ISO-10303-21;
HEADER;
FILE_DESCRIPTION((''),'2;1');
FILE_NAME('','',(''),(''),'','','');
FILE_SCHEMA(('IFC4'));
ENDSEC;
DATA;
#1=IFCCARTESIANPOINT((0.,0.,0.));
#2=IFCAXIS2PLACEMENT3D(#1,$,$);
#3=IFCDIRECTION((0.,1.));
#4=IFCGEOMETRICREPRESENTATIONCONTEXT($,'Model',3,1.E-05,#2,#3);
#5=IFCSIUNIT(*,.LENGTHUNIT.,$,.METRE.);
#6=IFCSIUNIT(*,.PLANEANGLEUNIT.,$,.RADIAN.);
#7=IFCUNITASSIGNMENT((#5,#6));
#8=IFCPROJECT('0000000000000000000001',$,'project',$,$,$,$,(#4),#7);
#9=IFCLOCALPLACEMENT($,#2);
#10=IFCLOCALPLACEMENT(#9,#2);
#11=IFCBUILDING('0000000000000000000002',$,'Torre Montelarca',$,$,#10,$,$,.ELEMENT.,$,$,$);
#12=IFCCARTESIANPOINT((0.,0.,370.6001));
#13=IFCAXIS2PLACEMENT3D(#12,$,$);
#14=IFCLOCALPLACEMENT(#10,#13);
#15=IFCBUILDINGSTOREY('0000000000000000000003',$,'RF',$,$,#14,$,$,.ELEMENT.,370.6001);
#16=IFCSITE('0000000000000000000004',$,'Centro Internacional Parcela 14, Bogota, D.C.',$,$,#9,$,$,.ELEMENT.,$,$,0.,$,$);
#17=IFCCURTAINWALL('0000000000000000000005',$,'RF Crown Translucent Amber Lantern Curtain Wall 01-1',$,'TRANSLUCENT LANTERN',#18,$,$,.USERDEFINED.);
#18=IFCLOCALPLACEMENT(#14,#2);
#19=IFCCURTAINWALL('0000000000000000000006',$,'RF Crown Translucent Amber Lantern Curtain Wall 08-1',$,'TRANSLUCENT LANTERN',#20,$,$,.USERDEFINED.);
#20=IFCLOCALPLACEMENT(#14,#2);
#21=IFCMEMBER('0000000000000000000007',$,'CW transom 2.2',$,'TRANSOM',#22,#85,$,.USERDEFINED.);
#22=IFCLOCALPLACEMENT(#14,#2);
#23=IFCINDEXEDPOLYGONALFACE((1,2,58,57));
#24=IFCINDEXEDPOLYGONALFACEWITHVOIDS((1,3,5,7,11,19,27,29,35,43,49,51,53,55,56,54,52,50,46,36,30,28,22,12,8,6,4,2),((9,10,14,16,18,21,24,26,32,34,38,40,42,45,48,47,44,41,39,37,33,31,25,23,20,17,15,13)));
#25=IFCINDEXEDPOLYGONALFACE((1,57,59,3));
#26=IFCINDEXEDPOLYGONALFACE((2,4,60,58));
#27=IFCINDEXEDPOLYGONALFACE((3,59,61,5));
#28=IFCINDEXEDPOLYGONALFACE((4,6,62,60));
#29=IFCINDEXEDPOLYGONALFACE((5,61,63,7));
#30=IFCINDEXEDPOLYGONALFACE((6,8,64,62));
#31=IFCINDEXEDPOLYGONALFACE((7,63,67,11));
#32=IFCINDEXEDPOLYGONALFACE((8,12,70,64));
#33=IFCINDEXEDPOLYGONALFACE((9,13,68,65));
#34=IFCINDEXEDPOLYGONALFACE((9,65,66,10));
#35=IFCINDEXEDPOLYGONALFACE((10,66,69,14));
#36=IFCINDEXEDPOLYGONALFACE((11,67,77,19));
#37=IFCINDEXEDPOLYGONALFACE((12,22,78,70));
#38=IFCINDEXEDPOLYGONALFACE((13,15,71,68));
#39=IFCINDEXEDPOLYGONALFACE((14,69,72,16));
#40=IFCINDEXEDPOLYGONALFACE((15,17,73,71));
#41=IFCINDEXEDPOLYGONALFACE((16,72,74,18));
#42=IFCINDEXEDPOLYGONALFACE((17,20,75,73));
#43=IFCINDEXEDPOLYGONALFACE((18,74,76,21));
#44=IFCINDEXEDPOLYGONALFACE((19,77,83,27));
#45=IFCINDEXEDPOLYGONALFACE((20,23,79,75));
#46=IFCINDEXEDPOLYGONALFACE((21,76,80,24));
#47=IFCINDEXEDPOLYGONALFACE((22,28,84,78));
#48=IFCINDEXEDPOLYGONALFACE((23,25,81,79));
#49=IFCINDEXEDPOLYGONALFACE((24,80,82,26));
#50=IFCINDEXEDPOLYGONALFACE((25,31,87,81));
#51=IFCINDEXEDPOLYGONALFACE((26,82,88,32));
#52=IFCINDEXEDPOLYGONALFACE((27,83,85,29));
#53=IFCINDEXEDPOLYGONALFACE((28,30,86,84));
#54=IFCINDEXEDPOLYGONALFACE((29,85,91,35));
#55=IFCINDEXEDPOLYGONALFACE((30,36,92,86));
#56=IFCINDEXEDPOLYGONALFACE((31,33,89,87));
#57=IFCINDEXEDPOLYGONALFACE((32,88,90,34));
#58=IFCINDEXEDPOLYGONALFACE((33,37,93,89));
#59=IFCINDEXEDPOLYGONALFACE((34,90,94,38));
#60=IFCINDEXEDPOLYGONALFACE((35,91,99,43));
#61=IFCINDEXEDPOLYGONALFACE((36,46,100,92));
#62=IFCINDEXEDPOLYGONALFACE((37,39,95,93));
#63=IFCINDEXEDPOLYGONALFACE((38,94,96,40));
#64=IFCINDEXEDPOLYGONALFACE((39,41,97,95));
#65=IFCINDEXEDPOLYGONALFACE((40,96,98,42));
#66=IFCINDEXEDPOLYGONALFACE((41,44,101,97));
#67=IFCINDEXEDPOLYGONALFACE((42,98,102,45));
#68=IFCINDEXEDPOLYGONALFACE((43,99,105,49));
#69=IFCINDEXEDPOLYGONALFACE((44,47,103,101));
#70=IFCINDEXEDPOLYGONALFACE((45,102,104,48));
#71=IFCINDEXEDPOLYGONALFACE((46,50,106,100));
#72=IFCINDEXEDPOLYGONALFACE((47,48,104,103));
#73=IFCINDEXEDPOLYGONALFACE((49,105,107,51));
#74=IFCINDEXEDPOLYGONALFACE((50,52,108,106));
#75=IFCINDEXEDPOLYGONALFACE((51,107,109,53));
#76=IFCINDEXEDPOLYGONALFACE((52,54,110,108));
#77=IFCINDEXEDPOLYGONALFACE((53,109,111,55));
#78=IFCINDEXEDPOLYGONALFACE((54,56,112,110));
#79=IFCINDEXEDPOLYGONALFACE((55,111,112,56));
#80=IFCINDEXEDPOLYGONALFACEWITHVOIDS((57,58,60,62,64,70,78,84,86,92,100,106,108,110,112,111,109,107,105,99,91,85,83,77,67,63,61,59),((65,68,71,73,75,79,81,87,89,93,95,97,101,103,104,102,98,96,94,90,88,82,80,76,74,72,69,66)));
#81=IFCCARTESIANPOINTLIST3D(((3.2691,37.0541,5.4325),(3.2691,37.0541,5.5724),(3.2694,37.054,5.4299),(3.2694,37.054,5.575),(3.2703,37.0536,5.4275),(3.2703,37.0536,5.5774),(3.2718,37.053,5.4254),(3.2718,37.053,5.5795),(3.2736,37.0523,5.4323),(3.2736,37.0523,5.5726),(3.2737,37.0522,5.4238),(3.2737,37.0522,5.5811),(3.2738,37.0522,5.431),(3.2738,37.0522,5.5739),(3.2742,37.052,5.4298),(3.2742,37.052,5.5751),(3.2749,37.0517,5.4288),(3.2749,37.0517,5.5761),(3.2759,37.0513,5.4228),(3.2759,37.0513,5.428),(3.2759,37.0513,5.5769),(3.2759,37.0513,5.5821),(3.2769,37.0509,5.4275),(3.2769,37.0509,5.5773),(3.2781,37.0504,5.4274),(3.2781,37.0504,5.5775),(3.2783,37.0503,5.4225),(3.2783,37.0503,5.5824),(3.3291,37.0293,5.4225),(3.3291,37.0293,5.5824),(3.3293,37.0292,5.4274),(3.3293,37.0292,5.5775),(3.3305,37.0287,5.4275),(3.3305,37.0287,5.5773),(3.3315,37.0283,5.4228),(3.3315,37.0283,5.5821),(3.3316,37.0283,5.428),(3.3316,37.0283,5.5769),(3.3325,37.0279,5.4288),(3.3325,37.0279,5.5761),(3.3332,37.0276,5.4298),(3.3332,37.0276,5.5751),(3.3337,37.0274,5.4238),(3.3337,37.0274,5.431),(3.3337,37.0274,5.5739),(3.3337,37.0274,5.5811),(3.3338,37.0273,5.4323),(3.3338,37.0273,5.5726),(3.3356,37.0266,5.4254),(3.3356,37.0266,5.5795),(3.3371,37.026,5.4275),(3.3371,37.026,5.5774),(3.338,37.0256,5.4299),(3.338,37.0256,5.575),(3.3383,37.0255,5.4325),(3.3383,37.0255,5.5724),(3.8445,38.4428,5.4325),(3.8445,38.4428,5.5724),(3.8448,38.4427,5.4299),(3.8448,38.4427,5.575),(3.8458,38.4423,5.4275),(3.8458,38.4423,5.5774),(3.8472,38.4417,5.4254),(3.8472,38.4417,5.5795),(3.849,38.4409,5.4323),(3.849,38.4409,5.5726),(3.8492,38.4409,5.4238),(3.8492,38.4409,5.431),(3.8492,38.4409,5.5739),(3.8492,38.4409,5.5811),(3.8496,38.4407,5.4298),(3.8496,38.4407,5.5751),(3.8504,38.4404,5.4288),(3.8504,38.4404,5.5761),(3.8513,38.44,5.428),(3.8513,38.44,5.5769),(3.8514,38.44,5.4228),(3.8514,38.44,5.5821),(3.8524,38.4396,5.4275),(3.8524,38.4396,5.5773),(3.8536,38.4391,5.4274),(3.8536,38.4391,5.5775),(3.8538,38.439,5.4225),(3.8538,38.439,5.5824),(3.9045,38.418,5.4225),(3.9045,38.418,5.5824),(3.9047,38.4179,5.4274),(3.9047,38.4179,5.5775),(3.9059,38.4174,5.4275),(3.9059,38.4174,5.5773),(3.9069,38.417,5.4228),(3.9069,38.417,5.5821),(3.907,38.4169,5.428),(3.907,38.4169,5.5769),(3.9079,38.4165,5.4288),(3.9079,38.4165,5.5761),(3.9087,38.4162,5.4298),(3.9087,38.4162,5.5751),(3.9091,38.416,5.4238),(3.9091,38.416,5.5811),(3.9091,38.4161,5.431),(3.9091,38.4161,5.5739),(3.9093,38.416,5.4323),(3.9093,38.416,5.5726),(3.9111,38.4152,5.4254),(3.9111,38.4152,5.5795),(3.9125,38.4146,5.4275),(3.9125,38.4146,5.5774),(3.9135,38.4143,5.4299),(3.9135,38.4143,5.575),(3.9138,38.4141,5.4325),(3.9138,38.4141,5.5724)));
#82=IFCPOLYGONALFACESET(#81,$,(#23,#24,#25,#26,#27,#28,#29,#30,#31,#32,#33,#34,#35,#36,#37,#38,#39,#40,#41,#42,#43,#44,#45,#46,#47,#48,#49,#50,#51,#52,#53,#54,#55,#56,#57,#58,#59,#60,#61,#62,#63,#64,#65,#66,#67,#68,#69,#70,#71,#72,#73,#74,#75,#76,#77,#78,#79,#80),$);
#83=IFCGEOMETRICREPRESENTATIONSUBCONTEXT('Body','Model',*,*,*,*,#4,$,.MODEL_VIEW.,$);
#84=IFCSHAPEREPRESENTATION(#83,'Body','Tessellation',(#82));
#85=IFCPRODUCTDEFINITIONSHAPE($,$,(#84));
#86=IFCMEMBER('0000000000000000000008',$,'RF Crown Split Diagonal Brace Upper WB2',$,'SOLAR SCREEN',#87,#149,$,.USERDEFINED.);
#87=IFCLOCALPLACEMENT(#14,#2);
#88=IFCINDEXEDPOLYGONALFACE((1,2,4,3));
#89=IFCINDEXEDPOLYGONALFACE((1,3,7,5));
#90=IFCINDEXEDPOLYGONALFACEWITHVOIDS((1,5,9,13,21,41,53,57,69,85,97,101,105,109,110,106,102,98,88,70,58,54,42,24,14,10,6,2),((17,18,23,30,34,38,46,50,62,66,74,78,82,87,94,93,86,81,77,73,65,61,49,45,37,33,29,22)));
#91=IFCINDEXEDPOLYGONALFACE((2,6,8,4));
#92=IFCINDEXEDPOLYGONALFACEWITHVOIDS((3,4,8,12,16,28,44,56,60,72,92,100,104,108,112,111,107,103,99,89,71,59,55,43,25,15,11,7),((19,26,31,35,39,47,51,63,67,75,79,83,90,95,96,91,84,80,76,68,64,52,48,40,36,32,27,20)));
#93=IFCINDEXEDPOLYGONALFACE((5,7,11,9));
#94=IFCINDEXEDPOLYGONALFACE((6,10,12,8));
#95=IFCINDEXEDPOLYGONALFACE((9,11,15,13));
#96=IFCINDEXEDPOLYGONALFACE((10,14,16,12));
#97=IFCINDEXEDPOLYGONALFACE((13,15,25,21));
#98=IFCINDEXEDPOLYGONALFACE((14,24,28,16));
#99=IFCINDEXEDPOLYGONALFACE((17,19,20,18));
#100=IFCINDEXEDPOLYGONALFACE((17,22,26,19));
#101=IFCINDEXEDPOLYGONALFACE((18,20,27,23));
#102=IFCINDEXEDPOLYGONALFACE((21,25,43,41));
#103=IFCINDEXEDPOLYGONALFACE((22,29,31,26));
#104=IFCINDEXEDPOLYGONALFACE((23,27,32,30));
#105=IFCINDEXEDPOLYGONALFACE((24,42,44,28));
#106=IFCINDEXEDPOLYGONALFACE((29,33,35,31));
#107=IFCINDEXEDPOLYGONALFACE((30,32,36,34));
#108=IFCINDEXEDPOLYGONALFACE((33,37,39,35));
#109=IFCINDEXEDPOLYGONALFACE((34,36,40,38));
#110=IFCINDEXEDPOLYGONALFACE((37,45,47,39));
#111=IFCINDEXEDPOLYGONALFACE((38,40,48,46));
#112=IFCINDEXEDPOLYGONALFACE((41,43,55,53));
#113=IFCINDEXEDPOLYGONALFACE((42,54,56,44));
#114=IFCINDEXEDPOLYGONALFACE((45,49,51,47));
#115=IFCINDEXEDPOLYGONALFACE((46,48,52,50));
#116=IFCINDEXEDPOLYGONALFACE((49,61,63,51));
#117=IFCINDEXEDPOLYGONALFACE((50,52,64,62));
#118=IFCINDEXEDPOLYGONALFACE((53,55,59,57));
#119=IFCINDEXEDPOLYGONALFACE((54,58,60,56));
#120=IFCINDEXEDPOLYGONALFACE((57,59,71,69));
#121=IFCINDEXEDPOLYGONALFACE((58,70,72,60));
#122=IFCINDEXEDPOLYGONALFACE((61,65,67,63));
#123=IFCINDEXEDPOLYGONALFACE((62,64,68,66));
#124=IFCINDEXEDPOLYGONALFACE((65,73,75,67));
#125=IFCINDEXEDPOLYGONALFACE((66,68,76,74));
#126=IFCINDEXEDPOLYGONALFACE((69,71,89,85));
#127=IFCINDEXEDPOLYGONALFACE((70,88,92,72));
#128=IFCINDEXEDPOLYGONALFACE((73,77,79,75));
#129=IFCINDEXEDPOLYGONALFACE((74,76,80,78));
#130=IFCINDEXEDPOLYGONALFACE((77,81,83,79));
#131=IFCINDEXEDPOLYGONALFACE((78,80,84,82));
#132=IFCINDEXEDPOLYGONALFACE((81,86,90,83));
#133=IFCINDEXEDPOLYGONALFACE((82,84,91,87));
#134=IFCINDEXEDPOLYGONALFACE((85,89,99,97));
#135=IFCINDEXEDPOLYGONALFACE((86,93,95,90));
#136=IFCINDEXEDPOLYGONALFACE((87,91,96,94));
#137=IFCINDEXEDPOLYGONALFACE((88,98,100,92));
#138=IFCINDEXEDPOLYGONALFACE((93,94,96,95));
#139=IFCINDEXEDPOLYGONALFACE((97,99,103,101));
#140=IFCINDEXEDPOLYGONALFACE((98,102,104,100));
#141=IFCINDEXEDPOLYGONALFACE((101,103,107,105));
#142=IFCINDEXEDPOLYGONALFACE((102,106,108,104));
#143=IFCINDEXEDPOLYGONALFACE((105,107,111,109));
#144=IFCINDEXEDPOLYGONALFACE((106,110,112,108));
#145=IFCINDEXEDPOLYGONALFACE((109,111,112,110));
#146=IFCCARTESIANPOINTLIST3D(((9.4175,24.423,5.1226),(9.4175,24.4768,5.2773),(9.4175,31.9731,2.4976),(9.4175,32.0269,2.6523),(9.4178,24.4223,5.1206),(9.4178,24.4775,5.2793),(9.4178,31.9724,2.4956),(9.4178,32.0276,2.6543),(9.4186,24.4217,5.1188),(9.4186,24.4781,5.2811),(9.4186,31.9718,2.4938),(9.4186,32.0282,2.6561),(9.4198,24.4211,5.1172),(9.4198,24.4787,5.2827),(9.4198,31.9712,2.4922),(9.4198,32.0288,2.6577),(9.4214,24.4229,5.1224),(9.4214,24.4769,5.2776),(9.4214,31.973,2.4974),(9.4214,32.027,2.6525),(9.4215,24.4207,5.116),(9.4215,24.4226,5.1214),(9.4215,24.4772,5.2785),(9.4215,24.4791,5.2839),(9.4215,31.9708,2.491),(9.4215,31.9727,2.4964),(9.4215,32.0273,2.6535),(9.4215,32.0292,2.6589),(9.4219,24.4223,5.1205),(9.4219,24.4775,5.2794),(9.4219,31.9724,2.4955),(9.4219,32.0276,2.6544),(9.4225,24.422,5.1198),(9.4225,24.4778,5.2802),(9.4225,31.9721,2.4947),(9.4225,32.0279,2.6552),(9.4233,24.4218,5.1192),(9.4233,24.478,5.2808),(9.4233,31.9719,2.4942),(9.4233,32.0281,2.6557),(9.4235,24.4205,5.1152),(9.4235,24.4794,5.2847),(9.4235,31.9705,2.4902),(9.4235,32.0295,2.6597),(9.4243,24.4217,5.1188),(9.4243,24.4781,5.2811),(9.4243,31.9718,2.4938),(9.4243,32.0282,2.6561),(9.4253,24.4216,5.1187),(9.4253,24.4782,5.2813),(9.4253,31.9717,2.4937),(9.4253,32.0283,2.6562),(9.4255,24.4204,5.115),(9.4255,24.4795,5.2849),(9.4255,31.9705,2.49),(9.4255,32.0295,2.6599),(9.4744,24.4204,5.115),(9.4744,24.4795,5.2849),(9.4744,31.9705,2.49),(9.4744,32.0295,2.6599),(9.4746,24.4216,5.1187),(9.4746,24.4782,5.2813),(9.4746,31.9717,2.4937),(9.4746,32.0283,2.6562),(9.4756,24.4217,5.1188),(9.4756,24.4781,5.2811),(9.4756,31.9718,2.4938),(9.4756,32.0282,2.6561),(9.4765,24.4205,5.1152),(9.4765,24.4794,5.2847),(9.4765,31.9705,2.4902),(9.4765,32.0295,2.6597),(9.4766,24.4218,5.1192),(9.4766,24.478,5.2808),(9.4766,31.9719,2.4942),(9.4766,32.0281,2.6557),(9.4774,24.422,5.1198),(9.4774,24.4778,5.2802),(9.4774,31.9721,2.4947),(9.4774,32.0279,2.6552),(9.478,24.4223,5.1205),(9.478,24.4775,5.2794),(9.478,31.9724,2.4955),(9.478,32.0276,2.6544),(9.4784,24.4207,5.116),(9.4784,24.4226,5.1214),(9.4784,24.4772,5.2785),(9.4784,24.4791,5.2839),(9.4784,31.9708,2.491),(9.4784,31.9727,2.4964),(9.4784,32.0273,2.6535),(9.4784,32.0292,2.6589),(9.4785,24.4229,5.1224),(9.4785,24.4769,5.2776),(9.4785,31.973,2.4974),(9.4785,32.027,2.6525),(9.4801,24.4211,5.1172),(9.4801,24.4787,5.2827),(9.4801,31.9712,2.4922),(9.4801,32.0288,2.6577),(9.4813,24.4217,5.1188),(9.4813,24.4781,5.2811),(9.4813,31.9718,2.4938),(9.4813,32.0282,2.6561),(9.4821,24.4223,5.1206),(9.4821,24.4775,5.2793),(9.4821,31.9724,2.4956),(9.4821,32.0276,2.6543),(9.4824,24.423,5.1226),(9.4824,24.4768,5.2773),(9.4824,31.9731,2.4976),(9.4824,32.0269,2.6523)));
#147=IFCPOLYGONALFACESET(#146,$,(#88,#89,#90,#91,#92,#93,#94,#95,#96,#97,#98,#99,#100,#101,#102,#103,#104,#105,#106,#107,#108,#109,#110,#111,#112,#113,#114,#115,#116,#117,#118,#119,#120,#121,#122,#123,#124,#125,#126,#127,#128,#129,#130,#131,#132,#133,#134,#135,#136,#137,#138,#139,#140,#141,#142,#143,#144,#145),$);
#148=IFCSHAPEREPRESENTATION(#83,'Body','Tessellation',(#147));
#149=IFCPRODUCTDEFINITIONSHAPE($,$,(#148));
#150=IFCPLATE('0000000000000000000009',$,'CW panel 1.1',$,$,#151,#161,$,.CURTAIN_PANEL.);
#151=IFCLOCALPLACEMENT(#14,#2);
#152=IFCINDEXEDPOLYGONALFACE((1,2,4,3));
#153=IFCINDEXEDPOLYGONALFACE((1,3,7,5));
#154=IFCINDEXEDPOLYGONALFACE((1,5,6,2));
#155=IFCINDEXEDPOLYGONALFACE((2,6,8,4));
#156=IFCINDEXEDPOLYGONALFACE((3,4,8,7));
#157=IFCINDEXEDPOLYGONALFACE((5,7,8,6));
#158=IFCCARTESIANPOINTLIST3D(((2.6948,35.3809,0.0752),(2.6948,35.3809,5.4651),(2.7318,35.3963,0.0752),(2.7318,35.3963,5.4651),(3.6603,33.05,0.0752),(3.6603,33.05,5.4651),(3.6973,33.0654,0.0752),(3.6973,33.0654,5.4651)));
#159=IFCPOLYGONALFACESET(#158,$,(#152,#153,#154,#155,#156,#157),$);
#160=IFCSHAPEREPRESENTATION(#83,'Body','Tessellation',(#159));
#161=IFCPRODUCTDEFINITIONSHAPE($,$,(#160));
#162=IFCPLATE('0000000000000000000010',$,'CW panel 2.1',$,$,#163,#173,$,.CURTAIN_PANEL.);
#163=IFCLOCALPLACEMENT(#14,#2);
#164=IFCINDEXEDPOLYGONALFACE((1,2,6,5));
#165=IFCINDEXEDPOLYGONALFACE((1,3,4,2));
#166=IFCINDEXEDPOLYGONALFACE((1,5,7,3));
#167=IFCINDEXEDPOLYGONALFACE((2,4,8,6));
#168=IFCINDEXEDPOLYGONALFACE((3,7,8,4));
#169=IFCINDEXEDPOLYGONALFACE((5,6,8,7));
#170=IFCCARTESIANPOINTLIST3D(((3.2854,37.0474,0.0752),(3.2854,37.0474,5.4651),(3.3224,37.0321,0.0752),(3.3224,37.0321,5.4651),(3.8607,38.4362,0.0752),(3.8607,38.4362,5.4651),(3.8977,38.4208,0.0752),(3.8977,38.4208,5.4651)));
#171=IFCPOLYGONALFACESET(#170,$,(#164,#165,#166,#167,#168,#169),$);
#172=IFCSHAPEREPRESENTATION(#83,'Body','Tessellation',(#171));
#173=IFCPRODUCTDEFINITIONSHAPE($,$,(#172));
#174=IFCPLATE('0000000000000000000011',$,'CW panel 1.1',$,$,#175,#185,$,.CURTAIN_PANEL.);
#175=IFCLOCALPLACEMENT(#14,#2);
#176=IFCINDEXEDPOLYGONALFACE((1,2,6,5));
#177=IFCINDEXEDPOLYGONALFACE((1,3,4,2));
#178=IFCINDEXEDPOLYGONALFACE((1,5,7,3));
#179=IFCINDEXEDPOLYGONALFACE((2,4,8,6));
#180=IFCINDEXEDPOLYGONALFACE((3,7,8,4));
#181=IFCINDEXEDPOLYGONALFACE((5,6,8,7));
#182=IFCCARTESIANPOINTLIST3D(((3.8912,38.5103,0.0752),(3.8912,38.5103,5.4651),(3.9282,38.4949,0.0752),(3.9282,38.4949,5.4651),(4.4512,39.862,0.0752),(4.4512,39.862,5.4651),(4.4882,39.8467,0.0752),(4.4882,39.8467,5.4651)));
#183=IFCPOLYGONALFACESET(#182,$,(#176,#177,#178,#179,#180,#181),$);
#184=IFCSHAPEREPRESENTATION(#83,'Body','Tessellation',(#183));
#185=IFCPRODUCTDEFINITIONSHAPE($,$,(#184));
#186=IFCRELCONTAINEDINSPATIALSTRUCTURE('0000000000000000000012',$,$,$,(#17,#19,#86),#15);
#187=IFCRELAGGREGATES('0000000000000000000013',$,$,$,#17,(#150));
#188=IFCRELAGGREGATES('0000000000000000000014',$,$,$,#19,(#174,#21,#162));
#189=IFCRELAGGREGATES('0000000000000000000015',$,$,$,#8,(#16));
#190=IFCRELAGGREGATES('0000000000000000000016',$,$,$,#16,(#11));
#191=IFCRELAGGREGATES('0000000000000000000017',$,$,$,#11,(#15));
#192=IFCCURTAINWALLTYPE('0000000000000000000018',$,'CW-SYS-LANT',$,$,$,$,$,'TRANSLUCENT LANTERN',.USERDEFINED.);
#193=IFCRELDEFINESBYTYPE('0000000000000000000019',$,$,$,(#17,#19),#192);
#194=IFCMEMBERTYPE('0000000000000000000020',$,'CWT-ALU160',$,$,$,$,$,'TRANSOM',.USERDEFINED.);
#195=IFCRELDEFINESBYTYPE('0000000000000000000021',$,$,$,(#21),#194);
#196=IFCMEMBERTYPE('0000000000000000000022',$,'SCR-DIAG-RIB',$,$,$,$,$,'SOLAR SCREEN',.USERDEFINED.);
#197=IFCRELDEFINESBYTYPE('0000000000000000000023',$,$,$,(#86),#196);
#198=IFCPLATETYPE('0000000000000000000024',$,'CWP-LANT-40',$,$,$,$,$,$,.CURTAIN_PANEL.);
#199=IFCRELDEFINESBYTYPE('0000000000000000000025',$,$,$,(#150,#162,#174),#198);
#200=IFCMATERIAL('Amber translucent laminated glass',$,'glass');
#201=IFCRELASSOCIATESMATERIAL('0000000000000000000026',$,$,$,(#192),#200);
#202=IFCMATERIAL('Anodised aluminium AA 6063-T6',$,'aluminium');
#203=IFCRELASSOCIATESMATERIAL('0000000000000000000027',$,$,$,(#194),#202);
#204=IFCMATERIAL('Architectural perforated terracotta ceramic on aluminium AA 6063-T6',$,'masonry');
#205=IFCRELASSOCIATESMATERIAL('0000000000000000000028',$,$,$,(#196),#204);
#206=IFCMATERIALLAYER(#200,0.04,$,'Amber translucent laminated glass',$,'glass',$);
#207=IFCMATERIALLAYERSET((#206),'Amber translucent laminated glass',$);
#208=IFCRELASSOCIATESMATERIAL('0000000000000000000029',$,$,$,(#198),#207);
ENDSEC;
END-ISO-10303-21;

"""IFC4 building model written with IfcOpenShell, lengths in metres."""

from ifc_helpers import new_model, si_unit, direction, frame, origin, origin_2d, place, context, subcontext, project, spatial, rectangle, hollow_rectangle, extrude, source, transform, mapped, material, layer, layer_set, material_profile, profile_set, type_object, element, aggregate, save


model = new_model("IFC4")

# Units and contexts
model_context = context("Model", 3, precision=1e-05, world=origin(), true_north=direction((0.0, 1.0)))
body_context = subcontext(model_context, "Body", "Model", "MODEL_VIEW")
ifc_project = project(units=[si_unit("LENGTHUNIT", "METRE"), si_unit("PLANEANGLEUNIT", "RADIAN")], contexts=[model_context])

# Site, building, storey
site_placement = place(None, origin())
site = spatial("IfcSite", under=ifc_project, at=site_placement, Name="Centro Internacional Parcela 14, Bogota, D.C.", CompositionType="ELEMENT", RefElevation=0.0)
building_placement = place(site_placement, origin())
building = spatial("IfcBuilding", under=site, at=building_placement, Name="Torre Montelarca", CompositionType="ELEMENT")
storey_placement = place(building_placement, frame((0.0, 0.0, 370.6001)))
storey = spatial("IfcBuildingStorey", under=building, at=storey_placement, Name="RF", CompositionType="ELEMENT", Elevation=370.6001)

# Curtain walls
ifc_material_1 = material(Name="Amber translucent laminated glass", Category="glass")
curtain_wall_type = type_object("IfcCurtainWallType", Name="CW-SYS-LANT", ElementType="TRANSLUCENT LANTERN", PredefinedType="USERDEFINED", material=ifc_material_1)
curtain_wall_1_placement = place(storey_placement, origin())
curtain_wall_1 = element("IfcCurtainWall", 1, at=curtain_wall_1_placement, inside=storey, type_object=curtain_wall_type, Name="RF Crown Translucent Amber Lantern Curtain Wall 01-1", ObjectType="TRANSLUCENT LANTERN", PredefinedType="USERDEFINED")
ifc_material_2 = material(Name="Anodised aluminium AA 6063-T6", Category="aluminium")
curtain_wall_2_placement = place(storey_placement, origin())
curtain_wall_2 = element("IfcCurtainWall", 2, at=curtain_wall_2_placement, inside=storey, type_object=curtain_wall_type, Name="RF Crown Translucent Amber Lantern Curtain Wall 08-1", ObjectType="TRANSLUCENT LANTERN", PredefinedType="USERDEFINED")

# Members
ifc_material_profile_1 = material_profile(ifc_material_2, hollow_rectangle(XDim=0.075, YDim=0.1599, WallThickness=0.0049, InnerFilletRadius=0.0049, OuterFilletRadius=0.01, at=origin_2d()), Name="ALU75X160X5", Category="aluminium")
ifc_profile_set_1 = profile_set([ifc_material_profile_1], Name="Anodised aluminium AA 6063-T6")
member_type_1 = type_object("IfcMemberType", Name="CWT-ALU160", ElementType="TRANSOM", PredefinedType="USERDEFINED", material=ifc_profile_set_1)
shared_shape_1 = source(origin(), body_context, "Body", "SweptSolid", [
    extrude(hollow_rectangle(XDim=0.075, YDim=0.1599, WallThickness=0.0049, InnerFilletRadius=0.0049, OuterFilletRadius=0.01, at=origin_2d()), origin(), (0.0, 0.0, 1.0), 1.5032),
])
member_1_placement = place(storey_placement, frame((3.8792, 38.4285, 5.5024), z_axis=(-0.382816, -0.923825, 0.0), x_axis=(0.923825, -0.382816, 0.0)))
member_1 = element("IfcMember", 3, at=member_1_placement, type_object=member_type_1, Name="CW transom 2.2", ObjectType="TRANSOM", PredefinedType="USERDEFINED", context=body_context, shape_type="MappedRepresentation", body=[
    mapped(shared_shape_1, transform((0.0, 0.0, 0.0), scale=1.0)),
])
ifc_material_3 = material(Name="Architectural perforated terracotta ceramic on aluminium AA 6063-T6", Category="masonry")
ifc_material_profile_2 = material_profile(ifc_material_3, hollow_rectangle(XDim=0.0649, YDim=0.1799, WallThickness=0.0039, InnerFilletRadius=0.0039, OuterFilletRadius=0.0081, at=origin_2d()), Name="ALU65X180X4", Category="masonry")
ifc_profile_set_2 = profile_set([ifc_material_profile_2], Name="Architectural perforated terracotta ceramic on aluminium AA 6063-T6")
member_type_2 = type_object("IfcMemberType", Name="SCR-DIAG-RIB", ElementType="SOLAR SCREEN", PredefinedType="USERDEFINED", material=ifc_profile_set_2)
shared_shape_2 = source(origin(), body_context, "Body", "SweptSolid", [
    extrude(hollow_rectangle(XDim=0.0649, YDim=0.1799, WallThickness=0.0039, InnerFilletRadius=0.0039, OuterFilletRadius=0.0081, at=origin_2d()), origin(), (0.0, 0.0, 1.0), 7.9934),
])
member_2_placement = place(storey_placement, frame((9.45, 32.0, 2.575), z_axis=(0.0, -0.94454, 0.328397), x_axis=(1.0, 0.0, 0.0)))
element("IfcMember", 4, at=member_2_placement, inside=storey, type_object=member_type_2, Name="RF Crown Split Diagonal Brace Upper WB2", ObjectType="SOLAR SCREEN", PredefinedType="USERDEFINED", context=body_context, shape_type="MappedRepresentation", body=[
    mapped(shared_shape_2, transform((0.0, 0.0, 0.0), scale=1.0)),
])

# Plates
ifc_layer_1 = layer(ifc_material_1, 0.04, Name="Amber translucent laminated glass", Category="glass")
ifc_layer_set_1 = layer_set([ifc_layer_1], Name="Amber translucent laminated glass")
plate_type_1 = type_object("IfcPlateType", Name="CWP-LANT-40", PredefinedType="CURTAIN_PANEL", material=ifc_layer_set_1)
shared_shape_3 = source(origin(), body_context, "Body", "SweptSolid", [
    extrude(rectangle(XDim=2.5229, YDim=0.04, at=origin_2d()), origin(), (0.0, 0.0, 1.0), 5.3899),
])
plate_1_placement = place(storey_placement, frame((3.196, 34.2231, 0.0752), z_axis=(0.0, 0.0, 1.0), x_axis=(0.382685, -0.923879, 0.0)))
plate_1 = element("IfcPlate", 5, at=plate_1_placement, type_object=plate_type_1, Name="CW panel 1.1", PredefinedType="CURTAIN_PANEL", context=body_context, shape_type="MappedRepresentation", body=[
    mapped(shared_shape_3, transform((0.0, 0.0, 0.0), scale=1.0)),
])
aggregate(curtain_wall_1, [plate_1])
shared_shape_4 = source(origin(), body_context, "Body", "SweptSolid", [
    extrude(rectangle(XDim=1.5032, YDim=0.04, at=origin_2d()), origin(), (0.0, 0.0, 1.0), 5.3899),
])
plate_2_placement = place(storey_placement, frame((3.5916, 37.7341, 0.0752), z_axis=(0.0, 0.0, 1.0), x_axis=(-0.3827, -0.923873, 0.0)))
plate_2 = element("IfcPlate", 6, at=plate_2_placement, type_object=plate_type_1, Name="CW panel 2.1", PredefinedType="CURTAIN_PANEL", context=body_context, shape_type="MappedRepresentation", body=[
    mapped(shared_shape_4, transform((0.0, 0.0, 0.0), scale=1.0)),
])
shared_shape_5 = source(origin(), body_context, "Body", "SweptSolid", [
    extrude(rectangle(XDim=1.4631, YDim=0.04, at=origin_2d()), origin(), (0.0, 0.0, 1.0), 5.3899),
])
plate_3_placement = place(storey_placement, frame((4.1897, 39.1785, 0.0752), z_axis=(0.0, 0.0, 1.0), x_axis=(-0.3827, -0.923873, 0.0)))
plate_3 = element("IfcPlate", 7, at=plate_3_placement, type_object=plate_type_1, Name="CW panel 1.1", PredefinedType="CURTAIN_PANEL", context=body_context, shape_type="MappedRepresentation", body=[
    mapped(shared_shape_5, transform((0.0, 0.0, 0.0), scale=1.0)),
])
aggregate(curtain_wall_2, [plate_3, member_1, plate_2])

save(model, "model.ifc")
